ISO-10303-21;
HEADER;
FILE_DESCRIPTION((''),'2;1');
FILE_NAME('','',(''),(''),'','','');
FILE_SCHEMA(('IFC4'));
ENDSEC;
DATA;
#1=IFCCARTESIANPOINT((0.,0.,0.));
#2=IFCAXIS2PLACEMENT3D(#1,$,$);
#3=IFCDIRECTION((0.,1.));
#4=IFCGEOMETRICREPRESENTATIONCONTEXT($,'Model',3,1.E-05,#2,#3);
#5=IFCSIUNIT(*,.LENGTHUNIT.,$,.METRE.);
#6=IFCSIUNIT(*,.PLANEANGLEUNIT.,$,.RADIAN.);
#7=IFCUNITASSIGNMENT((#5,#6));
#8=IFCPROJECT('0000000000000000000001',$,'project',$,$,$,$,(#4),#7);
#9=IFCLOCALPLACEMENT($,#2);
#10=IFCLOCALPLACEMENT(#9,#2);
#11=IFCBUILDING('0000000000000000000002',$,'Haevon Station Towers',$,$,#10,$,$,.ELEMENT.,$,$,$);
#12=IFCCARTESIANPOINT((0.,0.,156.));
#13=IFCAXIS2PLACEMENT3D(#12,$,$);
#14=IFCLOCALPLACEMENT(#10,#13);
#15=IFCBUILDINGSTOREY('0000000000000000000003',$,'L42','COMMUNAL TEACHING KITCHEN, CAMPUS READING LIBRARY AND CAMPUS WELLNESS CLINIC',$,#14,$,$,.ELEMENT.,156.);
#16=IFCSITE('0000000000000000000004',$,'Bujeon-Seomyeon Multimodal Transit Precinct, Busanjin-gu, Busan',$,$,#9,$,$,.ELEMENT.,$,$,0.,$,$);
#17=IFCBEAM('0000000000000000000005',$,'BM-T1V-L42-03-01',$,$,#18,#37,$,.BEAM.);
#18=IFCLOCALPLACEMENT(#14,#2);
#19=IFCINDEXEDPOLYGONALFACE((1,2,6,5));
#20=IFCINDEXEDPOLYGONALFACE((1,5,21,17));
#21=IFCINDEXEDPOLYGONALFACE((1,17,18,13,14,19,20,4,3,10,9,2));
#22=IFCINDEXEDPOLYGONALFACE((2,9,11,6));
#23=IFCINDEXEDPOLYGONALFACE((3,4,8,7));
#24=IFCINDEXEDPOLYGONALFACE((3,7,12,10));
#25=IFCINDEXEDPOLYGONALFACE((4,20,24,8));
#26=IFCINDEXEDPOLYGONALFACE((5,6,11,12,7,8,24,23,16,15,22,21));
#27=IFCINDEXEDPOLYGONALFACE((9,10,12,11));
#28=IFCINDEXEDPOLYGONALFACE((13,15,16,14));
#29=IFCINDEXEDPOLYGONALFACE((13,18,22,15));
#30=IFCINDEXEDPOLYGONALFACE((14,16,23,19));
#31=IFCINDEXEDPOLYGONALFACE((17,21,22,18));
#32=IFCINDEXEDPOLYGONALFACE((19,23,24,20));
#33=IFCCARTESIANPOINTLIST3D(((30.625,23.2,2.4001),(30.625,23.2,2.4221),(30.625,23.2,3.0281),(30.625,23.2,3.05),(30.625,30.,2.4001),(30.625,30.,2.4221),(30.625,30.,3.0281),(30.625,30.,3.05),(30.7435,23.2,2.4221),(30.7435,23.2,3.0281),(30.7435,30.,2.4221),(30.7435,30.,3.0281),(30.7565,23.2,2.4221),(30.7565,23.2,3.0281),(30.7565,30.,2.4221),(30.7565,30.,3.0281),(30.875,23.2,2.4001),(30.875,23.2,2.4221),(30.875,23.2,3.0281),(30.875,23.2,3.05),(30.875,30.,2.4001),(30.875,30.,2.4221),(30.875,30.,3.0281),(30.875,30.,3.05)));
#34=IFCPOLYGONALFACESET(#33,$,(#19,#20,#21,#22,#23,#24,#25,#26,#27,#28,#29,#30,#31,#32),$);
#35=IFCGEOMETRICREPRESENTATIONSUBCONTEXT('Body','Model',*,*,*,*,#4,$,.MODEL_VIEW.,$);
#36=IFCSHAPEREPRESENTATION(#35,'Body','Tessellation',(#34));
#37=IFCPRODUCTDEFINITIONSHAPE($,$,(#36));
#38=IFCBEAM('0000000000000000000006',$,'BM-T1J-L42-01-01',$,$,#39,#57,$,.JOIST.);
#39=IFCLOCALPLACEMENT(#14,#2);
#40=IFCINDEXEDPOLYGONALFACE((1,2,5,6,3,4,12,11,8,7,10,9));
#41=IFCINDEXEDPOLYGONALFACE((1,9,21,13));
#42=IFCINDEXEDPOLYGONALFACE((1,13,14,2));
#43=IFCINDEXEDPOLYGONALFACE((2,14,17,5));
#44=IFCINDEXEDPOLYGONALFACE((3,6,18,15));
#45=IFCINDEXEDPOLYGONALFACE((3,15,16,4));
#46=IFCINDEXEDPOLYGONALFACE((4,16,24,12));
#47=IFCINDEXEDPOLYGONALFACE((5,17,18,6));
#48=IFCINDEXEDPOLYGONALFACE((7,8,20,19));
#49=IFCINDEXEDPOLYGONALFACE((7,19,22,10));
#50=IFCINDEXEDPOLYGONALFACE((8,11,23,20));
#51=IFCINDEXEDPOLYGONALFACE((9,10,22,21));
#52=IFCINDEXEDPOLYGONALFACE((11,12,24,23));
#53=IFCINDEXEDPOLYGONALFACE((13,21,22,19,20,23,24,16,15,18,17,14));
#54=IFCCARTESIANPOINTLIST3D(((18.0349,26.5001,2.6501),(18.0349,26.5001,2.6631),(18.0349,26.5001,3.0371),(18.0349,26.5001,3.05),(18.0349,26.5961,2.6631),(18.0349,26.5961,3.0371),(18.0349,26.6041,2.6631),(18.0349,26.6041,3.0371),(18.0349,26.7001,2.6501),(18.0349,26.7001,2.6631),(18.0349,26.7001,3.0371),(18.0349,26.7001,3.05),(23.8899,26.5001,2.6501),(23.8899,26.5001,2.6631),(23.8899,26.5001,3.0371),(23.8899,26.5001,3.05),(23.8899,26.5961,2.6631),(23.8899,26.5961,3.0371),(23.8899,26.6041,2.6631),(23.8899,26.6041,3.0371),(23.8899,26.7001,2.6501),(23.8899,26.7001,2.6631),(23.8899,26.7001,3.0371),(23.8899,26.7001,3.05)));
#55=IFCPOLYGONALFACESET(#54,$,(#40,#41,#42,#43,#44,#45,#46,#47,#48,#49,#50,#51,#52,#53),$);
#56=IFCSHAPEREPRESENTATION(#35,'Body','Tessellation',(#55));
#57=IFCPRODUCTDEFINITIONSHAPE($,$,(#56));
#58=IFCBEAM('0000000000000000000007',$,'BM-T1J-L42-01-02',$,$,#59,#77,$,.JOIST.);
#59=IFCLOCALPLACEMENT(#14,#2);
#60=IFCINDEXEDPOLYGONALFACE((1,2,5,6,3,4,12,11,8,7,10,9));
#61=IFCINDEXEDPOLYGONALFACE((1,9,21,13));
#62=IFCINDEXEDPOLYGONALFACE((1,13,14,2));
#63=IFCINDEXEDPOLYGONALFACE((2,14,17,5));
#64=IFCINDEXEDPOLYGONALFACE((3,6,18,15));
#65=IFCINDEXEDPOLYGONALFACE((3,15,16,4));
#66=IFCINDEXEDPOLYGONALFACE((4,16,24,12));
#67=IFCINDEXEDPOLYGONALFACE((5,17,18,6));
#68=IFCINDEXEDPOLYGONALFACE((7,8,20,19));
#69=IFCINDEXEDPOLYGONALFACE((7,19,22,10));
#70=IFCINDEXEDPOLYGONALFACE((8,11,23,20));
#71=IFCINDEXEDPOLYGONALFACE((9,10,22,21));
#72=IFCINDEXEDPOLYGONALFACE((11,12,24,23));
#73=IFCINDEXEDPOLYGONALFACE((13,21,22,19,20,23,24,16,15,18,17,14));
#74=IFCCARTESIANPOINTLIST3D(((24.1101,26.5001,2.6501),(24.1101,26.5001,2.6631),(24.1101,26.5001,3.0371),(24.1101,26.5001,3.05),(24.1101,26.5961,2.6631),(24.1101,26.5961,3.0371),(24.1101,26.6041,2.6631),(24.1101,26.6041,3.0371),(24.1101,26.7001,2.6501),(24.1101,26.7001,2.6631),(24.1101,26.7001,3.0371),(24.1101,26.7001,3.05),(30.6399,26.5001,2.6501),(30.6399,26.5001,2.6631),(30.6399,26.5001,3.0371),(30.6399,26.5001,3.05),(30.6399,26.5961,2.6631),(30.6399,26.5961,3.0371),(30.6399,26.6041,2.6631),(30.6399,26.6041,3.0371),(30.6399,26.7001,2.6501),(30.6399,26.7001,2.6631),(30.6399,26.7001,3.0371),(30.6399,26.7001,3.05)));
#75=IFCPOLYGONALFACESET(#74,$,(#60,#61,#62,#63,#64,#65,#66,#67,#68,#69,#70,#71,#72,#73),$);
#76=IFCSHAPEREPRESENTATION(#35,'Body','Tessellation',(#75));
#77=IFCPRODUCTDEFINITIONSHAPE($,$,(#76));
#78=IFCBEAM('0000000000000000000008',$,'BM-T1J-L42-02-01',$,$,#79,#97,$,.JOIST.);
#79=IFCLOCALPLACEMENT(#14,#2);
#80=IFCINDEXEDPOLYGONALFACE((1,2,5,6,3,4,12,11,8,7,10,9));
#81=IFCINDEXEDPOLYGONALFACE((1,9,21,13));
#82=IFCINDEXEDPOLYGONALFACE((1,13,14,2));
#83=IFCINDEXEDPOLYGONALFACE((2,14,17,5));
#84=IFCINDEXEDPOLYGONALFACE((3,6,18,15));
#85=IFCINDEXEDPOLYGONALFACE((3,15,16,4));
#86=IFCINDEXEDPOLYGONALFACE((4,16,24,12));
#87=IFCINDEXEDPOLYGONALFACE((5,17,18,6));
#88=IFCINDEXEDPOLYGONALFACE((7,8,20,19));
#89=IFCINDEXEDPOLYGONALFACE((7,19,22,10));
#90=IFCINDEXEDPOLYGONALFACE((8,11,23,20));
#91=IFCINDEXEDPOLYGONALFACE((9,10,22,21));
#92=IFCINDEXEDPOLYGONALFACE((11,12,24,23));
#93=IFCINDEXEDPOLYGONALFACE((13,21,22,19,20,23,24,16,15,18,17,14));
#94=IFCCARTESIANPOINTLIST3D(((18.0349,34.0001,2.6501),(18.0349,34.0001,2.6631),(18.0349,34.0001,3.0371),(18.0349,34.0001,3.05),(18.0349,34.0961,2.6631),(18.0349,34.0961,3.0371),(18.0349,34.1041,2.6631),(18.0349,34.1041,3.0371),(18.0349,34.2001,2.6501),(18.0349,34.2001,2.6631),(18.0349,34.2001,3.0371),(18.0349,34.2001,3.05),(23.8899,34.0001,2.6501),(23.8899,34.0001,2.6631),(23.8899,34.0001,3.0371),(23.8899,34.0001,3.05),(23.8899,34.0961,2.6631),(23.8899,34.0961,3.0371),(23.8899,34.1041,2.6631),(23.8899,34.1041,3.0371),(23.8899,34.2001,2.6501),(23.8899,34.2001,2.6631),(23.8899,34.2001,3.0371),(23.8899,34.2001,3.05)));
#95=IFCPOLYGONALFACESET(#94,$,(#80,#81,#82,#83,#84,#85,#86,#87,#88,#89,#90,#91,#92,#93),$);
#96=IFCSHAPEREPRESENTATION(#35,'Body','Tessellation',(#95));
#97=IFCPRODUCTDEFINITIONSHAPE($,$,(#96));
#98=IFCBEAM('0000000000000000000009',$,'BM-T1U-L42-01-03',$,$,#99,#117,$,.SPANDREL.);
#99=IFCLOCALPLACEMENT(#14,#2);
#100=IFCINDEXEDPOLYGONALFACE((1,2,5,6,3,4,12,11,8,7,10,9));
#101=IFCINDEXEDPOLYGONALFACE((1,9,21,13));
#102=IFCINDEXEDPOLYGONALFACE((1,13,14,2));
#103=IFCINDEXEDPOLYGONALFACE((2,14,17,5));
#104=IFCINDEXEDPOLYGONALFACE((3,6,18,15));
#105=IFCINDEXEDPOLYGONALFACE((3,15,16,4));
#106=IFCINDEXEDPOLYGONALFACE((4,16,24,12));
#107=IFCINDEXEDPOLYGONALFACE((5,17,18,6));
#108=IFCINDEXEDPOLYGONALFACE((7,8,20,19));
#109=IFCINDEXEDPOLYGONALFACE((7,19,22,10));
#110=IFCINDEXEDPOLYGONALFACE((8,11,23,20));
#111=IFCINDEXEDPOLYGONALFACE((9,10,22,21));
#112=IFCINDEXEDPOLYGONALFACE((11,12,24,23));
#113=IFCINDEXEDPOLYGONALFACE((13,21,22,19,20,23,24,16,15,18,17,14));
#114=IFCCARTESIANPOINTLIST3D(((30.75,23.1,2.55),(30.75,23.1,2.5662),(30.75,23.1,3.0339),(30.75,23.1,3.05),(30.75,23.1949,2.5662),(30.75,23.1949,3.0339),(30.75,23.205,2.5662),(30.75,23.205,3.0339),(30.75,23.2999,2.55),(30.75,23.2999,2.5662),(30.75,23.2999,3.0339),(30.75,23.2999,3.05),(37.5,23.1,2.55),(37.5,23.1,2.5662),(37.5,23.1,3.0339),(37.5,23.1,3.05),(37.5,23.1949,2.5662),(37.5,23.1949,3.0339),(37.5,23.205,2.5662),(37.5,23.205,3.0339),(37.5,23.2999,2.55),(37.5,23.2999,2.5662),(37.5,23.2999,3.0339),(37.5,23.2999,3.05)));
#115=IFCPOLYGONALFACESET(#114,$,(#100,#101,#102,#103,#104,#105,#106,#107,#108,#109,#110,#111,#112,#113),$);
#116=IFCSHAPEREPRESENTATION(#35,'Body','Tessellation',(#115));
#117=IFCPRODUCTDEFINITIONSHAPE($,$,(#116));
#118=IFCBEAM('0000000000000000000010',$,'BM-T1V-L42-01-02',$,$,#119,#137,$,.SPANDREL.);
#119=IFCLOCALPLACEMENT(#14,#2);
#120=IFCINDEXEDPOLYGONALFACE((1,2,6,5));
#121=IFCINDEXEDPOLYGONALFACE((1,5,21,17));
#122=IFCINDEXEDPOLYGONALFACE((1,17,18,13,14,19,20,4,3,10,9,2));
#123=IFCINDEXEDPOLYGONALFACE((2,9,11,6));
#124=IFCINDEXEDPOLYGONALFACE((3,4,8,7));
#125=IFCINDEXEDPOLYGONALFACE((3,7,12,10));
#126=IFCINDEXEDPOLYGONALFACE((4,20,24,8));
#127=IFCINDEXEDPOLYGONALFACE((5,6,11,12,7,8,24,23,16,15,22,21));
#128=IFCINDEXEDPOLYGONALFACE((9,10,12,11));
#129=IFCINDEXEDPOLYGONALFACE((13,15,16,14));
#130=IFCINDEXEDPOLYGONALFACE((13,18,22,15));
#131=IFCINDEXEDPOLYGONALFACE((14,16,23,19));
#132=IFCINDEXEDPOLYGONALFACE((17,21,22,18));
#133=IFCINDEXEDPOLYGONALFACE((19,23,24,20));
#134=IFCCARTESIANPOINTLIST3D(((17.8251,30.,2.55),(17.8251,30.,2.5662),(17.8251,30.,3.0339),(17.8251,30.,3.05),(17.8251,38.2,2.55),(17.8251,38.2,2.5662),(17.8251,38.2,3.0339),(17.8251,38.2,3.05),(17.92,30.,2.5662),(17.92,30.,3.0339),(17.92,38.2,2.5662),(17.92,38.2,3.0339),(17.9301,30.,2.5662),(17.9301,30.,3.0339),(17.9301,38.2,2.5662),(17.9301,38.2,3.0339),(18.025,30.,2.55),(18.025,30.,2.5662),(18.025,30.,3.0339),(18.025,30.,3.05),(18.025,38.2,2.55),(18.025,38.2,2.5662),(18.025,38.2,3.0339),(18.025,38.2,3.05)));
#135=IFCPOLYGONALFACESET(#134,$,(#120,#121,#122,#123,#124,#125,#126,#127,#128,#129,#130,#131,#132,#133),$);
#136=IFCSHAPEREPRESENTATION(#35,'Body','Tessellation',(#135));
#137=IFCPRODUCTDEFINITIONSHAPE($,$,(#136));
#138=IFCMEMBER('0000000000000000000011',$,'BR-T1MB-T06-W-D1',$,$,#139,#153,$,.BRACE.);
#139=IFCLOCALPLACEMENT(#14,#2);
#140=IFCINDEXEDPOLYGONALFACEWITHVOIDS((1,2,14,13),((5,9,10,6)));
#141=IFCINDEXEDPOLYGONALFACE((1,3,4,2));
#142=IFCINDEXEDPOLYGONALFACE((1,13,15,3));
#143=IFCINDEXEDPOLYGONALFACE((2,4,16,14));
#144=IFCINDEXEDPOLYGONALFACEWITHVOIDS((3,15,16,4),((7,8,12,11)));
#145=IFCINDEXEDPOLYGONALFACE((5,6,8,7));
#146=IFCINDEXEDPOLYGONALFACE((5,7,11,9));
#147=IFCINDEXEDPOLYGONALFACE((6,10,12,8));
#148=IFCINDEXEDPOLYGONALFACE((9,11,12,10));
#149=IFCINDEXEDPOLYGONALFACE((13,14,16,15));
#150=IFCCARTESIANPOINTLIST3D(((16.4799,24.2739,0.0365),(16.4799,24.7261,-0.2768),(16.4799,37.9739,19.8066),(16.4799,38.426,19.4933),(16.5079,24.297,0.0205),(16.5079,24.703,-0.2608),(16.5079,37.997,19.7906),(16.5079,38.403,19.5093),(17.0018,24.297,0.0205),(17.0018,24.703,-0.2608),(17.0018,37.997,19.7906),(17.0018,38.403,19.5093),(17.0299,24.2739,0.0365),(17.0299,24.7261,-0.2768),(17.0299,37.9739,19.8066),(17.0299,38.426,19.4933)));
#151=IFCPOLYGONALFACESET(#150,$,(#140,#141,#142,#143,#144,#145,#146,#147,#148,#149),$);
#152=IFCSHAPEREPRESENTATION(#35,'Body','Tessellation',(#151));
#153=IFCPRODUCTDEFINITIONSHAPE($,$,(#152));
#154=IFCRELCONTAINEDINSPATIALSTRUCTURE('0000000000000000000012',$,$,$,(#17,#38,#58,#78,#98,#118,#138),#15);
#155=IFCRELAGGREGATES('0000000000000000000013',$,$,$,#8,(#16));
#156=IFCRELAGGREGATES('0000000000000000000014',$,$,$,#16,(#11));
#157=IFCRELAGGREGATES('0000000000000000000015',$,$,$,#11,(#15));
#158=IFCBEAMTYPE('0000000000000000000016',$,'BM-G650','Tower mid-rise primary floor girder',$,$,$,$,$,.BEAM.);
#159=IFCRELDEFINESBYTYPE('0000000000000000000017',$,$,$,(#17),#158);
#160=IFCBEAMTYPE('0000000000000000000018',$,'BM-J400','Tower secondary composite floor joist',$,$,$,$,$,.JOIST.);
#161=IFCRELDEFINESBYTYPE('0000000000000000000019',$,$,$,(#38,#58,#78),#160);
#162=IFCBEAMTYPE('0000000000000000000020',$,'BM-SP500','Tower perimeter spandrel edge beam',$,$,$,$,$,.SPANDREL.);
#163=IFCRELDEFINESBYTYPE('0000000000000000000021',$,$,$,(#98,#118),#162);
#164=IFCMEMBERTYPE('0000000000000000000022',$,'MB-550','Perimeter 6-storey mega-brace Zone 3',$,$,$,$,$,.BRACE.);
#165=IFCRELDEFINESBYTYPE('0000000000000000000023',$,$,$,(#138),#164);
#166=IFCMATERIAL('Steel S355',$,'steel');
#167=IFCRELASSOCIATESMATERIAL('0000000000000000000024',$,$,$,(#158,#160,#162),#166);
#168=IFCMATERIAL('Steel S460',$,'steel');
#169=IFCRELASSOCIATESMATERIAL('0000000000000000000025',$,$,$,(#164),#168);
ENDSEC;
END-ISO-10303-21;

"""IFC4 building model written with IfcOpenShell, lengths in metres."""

from ifc_helpers import new_model, si_unit, direction, frame, origin, origin_2d, place, context, subcontext, project, spatial, hollow_rectangle, i_section, extrude, material, material_profile, profile_set, type_object, element, save


model = new_model("IFC4")

# Units and contexts
model_context = context("Model", 3, precision=1e-05, world=origin(), true_north=direction((0.0, 1.0)))
body_context = subcontext(model_context, "Body", "Model", "MODEL_VIEW")
ifc_project = project(units=[si_unit("LENGTHUNIT", "METRE"), si_unit("PLANEANGLEUNIT", "RADIAN")], contexts=[model_context])

# Site, building, storey
site_placement = place(None, origin())
site = spatial("IfcSite", under=ifc_project, at=site_placement, Name="Bujeon-Seomyeon Multimodal Transit Precinct, Busanjin-gu, Busan", CompositionType="ELEMENT", RefElevation=0.0)
building_placement = place(site_placement, origin())
building = spatial("IfcBuilding", under=site, at=building_placement, Name="Haevon Station Towers", CompositionType="ELEMENT")
storey_placement = place(building_placement, frame((0.0, 0.0, 156.0)))
storey = spatial("IfcBuildingStorey", under=building, at=storey_placement, Name="L42", Description="COMMUNAL TEACHING KITCHEN, CAMPUS READING LIBRARY AND CAMPUS WELLNESS CLINIC", CompositionType="ELEMENT", Elevation=156.0)

# Shared definitions
ifc_material_1 = material(Name="Steel S355", Category="steel")

# Beams
ifc_material_profile_1 = material_profile(ifc_material_1, i_section(OverallWidth=0.25, OverallDepth=0.6499, WebThickness=0.0129, FlangeThickness=0.022, at=origin_2d()), Name="H-650x250x13x22")
ifc_profile_set_1 = profile_set([ifc_material_profile_1], Name="Steel S355")
beam_type_1 = type_object("IfcBeamType", Name="BM-G650", Description="Tower mid-rise primary floor girder", PredefinedType="BEAM", material=ifc_profile_set_1)
beam_1_placement = place(storey_placement, frame((30.75, 23.2, 2.7251), z_axis=(0.0, 1.0, 0.0), x_axis=(-1.0, 0.0, 0.0)))
element("IfcBeam", 1, at=beam_1_placement, inside=storey, type_object=beam_type_1, Name="BM-T1V-L42-03-01", PredefinedType="BEAM", context=body_context, shape_type="SweptSolid", body=[
    extrude(i_section(OverallWidth=0.25, OverallDepth=0.6499, WebThickness=0.0129, FlangeThickness=0.022, at=origin_2d()), origin(), (0.0, 0.0, 1.0), 6.8),
])
ifc_material_profile_2 = material_profile(ifc_material_1, i_section(OverallWidth=0.2, OverallDepth=0.3999, WebThickness=0.0081, FlangeThickness=0.0129, at=origin_2d()), Name="H-400x200x8x13")
ifc_profile_set_2 = profile_set([ifc_material_profile_2], Name="Steel S355")
beam_type_2 = type_object("IfcBeamType", Name="BM-J400", Description="Tower secondary composite floor joist", PredefinedType="JOIST", material=ifc_profile_set_2)
beam_2_placement = place(storey_placement, frame((18.0349, 26.6001, 2.8501), z_axis=(1.0, 0.0, 0.0), x_axis=(0.0, 1.0, 0.0)))
element("IfcBeam", 2, at=beam_2_placement, inside=storey, type_object=beam_type_2, Name="BM-T1J-L42-01-01", PredefinedType="JOIST", context=body_context, shape_type="SweptSolid", body=[
    extrude(i_section(OverallWidth=0.2, OverallDepth=0.3999, WebThickness=0.0081, FlangeThickness=0.0129, at=origin_2d()), origin(), (0.0, 0.0, 1.0), 5.855),
])
beam_3_placement = place(storey_placement, frame((24.1101, 26.6001, 2.8501), z_axis=(1.0, 0.0, 0.0), x_axis=(0.0, 1.0, 0.0)))
element("IfcBeam", 3, at=beam_3_placement, inside=storey, type_object=beam_type_2, Name="BM-T1J-L42-01-02", PredefinedType="JOIST", context=body_context, shape_type="SweptSolid", body=[
    extrude(i_section(OverallWidth=0.2, OverallDepth=0.3999, WebThickness=0.0081, FlangeThickness=0.0129, at=origin_2d()), origin(), (0.0, 0.0, 1.0), 6.5298),
])
beam_4_placement = place(storey_placement, frame((18.0349, 34.1001, 2.8501), z_axis=(1.0, 0.0, 0.0), x_axis=(0.0, 1.0, 0.0)))
element("IfcBeam", 4, at=beam_4_placement, inside=storey, type_object=beam_type_2, Name="BM-T1J-L42-02-01", PredefinedType="JOIST", context=body_context, shape_type="SweptSolid", body=[
    extrude(i_section(OverallWidth=0.2, OverallDepth=0.3999, WebThickness=0.0081, FlangeThickness=0.0129, at=origin_2d()), origin(), (0.0, 0.0, 1.0), 5.855),
])
ifc_material_profile_3 = material_profile(ifc_material_1, i_section(OverallWidth=0.2, OverallDepth=0.5, WebThickness=0.01, FlangeThickness=0.0161, at=origin_2d()), Name="H-500x200x10x16")
ifc_profile_set_3 = profile_set([ifc_material_profile_3], Name="Steel S355")
beam_type_3 = type_object("IfcBeamType", Name="BM-SP500", Description="Tower perimeter spandrel edge beam", PredefinedType="SPANDREL", material=ifc_profile_set_3)
beam_5_placement = place(storey_placement, frame((30.75, 23.2, 2.8), z_axis=(1.0, 0.0, 0.0), x_axis=(0.0, 1.0, 0.0)))
element("IfcBeam", 5, at=beam_5_placement, inside=storey, type_object=beam_type_3, Name="BM-T1U-L42-01-03", PredefinedType="SPANDREL", context=body_context, shape_type="SweptSolid", body=[
    extrude(i_section(OverallWidth=0.2, OverallDepth=0.5, WebThickness=0.01, FlangeThickness=0.0161, at=origin_2d()), origin(), (0.0, 0.0, 1.0), 6.75),
])
beam_6_placement = place(storey_placement, frame((17.925, 30.0, 2.8), z_axis=(0.0, 1.0, 0.0), x_axis=(-1.0, 0.0, 0.0)))
element("IfcBeam", 6, at=beam_6_placement, inside=storey, type_object=beam_type_3, Name="BM-T1V-L42-01-02", PredefinedType="SPANDREL", context=body_context, shape_type="SweptSolid", body=[
    extrude(i_section(OverallWidth=0.2, OverallDepth=0.5, WebThickness=0.01, FlangeThickness=0.0161, at=origin_2d()), origin(), (0.0, 0.0, 1.0), 8.2),
])

# Member
ifc_material_2 = material(Name="Steel S460", Category="steel")
ifc_material_profile_4 = material_profile(ifc_material_2, hollow_rectangle(XDim=0.55, YDim=0.55, WallThickness=0.0281, at=origin_2d()), Name="RHS-550x550x28")
ifc_profile_set_4 = profile_set([ifc_material_profile_4], Name="Steel S460")
member_type = type_object("IfcMemberType", Name="MB-550", Description="Perimeter 6-storey mega-brace Zone 3", PredefinedType="BRACE", material=ifc_profile_set_4)
member_placement = place(storey_placement, frame((16.7549, 24.5, -0.1201), z_axis=(0.0, 0.569576, 0.821939), x_axis=(-1.0, 0.0, 0.0)))
element("IfcMember", 7, at=member_placement, inside=storey, type_object=member_type, Name="BR-T1MB-T06-W-D1", PredefinedType="BRACE", context=body_context, shape_type="SweptSolid", body=[
    extrude(hollow_rectangle(XDim=0.55, YDim=0.55, WallThickness=0.0281, at=origin_2d()), origin(), (0.0, 0.0, 1.0), 24.053),
])

save(model, "model.ifc")
